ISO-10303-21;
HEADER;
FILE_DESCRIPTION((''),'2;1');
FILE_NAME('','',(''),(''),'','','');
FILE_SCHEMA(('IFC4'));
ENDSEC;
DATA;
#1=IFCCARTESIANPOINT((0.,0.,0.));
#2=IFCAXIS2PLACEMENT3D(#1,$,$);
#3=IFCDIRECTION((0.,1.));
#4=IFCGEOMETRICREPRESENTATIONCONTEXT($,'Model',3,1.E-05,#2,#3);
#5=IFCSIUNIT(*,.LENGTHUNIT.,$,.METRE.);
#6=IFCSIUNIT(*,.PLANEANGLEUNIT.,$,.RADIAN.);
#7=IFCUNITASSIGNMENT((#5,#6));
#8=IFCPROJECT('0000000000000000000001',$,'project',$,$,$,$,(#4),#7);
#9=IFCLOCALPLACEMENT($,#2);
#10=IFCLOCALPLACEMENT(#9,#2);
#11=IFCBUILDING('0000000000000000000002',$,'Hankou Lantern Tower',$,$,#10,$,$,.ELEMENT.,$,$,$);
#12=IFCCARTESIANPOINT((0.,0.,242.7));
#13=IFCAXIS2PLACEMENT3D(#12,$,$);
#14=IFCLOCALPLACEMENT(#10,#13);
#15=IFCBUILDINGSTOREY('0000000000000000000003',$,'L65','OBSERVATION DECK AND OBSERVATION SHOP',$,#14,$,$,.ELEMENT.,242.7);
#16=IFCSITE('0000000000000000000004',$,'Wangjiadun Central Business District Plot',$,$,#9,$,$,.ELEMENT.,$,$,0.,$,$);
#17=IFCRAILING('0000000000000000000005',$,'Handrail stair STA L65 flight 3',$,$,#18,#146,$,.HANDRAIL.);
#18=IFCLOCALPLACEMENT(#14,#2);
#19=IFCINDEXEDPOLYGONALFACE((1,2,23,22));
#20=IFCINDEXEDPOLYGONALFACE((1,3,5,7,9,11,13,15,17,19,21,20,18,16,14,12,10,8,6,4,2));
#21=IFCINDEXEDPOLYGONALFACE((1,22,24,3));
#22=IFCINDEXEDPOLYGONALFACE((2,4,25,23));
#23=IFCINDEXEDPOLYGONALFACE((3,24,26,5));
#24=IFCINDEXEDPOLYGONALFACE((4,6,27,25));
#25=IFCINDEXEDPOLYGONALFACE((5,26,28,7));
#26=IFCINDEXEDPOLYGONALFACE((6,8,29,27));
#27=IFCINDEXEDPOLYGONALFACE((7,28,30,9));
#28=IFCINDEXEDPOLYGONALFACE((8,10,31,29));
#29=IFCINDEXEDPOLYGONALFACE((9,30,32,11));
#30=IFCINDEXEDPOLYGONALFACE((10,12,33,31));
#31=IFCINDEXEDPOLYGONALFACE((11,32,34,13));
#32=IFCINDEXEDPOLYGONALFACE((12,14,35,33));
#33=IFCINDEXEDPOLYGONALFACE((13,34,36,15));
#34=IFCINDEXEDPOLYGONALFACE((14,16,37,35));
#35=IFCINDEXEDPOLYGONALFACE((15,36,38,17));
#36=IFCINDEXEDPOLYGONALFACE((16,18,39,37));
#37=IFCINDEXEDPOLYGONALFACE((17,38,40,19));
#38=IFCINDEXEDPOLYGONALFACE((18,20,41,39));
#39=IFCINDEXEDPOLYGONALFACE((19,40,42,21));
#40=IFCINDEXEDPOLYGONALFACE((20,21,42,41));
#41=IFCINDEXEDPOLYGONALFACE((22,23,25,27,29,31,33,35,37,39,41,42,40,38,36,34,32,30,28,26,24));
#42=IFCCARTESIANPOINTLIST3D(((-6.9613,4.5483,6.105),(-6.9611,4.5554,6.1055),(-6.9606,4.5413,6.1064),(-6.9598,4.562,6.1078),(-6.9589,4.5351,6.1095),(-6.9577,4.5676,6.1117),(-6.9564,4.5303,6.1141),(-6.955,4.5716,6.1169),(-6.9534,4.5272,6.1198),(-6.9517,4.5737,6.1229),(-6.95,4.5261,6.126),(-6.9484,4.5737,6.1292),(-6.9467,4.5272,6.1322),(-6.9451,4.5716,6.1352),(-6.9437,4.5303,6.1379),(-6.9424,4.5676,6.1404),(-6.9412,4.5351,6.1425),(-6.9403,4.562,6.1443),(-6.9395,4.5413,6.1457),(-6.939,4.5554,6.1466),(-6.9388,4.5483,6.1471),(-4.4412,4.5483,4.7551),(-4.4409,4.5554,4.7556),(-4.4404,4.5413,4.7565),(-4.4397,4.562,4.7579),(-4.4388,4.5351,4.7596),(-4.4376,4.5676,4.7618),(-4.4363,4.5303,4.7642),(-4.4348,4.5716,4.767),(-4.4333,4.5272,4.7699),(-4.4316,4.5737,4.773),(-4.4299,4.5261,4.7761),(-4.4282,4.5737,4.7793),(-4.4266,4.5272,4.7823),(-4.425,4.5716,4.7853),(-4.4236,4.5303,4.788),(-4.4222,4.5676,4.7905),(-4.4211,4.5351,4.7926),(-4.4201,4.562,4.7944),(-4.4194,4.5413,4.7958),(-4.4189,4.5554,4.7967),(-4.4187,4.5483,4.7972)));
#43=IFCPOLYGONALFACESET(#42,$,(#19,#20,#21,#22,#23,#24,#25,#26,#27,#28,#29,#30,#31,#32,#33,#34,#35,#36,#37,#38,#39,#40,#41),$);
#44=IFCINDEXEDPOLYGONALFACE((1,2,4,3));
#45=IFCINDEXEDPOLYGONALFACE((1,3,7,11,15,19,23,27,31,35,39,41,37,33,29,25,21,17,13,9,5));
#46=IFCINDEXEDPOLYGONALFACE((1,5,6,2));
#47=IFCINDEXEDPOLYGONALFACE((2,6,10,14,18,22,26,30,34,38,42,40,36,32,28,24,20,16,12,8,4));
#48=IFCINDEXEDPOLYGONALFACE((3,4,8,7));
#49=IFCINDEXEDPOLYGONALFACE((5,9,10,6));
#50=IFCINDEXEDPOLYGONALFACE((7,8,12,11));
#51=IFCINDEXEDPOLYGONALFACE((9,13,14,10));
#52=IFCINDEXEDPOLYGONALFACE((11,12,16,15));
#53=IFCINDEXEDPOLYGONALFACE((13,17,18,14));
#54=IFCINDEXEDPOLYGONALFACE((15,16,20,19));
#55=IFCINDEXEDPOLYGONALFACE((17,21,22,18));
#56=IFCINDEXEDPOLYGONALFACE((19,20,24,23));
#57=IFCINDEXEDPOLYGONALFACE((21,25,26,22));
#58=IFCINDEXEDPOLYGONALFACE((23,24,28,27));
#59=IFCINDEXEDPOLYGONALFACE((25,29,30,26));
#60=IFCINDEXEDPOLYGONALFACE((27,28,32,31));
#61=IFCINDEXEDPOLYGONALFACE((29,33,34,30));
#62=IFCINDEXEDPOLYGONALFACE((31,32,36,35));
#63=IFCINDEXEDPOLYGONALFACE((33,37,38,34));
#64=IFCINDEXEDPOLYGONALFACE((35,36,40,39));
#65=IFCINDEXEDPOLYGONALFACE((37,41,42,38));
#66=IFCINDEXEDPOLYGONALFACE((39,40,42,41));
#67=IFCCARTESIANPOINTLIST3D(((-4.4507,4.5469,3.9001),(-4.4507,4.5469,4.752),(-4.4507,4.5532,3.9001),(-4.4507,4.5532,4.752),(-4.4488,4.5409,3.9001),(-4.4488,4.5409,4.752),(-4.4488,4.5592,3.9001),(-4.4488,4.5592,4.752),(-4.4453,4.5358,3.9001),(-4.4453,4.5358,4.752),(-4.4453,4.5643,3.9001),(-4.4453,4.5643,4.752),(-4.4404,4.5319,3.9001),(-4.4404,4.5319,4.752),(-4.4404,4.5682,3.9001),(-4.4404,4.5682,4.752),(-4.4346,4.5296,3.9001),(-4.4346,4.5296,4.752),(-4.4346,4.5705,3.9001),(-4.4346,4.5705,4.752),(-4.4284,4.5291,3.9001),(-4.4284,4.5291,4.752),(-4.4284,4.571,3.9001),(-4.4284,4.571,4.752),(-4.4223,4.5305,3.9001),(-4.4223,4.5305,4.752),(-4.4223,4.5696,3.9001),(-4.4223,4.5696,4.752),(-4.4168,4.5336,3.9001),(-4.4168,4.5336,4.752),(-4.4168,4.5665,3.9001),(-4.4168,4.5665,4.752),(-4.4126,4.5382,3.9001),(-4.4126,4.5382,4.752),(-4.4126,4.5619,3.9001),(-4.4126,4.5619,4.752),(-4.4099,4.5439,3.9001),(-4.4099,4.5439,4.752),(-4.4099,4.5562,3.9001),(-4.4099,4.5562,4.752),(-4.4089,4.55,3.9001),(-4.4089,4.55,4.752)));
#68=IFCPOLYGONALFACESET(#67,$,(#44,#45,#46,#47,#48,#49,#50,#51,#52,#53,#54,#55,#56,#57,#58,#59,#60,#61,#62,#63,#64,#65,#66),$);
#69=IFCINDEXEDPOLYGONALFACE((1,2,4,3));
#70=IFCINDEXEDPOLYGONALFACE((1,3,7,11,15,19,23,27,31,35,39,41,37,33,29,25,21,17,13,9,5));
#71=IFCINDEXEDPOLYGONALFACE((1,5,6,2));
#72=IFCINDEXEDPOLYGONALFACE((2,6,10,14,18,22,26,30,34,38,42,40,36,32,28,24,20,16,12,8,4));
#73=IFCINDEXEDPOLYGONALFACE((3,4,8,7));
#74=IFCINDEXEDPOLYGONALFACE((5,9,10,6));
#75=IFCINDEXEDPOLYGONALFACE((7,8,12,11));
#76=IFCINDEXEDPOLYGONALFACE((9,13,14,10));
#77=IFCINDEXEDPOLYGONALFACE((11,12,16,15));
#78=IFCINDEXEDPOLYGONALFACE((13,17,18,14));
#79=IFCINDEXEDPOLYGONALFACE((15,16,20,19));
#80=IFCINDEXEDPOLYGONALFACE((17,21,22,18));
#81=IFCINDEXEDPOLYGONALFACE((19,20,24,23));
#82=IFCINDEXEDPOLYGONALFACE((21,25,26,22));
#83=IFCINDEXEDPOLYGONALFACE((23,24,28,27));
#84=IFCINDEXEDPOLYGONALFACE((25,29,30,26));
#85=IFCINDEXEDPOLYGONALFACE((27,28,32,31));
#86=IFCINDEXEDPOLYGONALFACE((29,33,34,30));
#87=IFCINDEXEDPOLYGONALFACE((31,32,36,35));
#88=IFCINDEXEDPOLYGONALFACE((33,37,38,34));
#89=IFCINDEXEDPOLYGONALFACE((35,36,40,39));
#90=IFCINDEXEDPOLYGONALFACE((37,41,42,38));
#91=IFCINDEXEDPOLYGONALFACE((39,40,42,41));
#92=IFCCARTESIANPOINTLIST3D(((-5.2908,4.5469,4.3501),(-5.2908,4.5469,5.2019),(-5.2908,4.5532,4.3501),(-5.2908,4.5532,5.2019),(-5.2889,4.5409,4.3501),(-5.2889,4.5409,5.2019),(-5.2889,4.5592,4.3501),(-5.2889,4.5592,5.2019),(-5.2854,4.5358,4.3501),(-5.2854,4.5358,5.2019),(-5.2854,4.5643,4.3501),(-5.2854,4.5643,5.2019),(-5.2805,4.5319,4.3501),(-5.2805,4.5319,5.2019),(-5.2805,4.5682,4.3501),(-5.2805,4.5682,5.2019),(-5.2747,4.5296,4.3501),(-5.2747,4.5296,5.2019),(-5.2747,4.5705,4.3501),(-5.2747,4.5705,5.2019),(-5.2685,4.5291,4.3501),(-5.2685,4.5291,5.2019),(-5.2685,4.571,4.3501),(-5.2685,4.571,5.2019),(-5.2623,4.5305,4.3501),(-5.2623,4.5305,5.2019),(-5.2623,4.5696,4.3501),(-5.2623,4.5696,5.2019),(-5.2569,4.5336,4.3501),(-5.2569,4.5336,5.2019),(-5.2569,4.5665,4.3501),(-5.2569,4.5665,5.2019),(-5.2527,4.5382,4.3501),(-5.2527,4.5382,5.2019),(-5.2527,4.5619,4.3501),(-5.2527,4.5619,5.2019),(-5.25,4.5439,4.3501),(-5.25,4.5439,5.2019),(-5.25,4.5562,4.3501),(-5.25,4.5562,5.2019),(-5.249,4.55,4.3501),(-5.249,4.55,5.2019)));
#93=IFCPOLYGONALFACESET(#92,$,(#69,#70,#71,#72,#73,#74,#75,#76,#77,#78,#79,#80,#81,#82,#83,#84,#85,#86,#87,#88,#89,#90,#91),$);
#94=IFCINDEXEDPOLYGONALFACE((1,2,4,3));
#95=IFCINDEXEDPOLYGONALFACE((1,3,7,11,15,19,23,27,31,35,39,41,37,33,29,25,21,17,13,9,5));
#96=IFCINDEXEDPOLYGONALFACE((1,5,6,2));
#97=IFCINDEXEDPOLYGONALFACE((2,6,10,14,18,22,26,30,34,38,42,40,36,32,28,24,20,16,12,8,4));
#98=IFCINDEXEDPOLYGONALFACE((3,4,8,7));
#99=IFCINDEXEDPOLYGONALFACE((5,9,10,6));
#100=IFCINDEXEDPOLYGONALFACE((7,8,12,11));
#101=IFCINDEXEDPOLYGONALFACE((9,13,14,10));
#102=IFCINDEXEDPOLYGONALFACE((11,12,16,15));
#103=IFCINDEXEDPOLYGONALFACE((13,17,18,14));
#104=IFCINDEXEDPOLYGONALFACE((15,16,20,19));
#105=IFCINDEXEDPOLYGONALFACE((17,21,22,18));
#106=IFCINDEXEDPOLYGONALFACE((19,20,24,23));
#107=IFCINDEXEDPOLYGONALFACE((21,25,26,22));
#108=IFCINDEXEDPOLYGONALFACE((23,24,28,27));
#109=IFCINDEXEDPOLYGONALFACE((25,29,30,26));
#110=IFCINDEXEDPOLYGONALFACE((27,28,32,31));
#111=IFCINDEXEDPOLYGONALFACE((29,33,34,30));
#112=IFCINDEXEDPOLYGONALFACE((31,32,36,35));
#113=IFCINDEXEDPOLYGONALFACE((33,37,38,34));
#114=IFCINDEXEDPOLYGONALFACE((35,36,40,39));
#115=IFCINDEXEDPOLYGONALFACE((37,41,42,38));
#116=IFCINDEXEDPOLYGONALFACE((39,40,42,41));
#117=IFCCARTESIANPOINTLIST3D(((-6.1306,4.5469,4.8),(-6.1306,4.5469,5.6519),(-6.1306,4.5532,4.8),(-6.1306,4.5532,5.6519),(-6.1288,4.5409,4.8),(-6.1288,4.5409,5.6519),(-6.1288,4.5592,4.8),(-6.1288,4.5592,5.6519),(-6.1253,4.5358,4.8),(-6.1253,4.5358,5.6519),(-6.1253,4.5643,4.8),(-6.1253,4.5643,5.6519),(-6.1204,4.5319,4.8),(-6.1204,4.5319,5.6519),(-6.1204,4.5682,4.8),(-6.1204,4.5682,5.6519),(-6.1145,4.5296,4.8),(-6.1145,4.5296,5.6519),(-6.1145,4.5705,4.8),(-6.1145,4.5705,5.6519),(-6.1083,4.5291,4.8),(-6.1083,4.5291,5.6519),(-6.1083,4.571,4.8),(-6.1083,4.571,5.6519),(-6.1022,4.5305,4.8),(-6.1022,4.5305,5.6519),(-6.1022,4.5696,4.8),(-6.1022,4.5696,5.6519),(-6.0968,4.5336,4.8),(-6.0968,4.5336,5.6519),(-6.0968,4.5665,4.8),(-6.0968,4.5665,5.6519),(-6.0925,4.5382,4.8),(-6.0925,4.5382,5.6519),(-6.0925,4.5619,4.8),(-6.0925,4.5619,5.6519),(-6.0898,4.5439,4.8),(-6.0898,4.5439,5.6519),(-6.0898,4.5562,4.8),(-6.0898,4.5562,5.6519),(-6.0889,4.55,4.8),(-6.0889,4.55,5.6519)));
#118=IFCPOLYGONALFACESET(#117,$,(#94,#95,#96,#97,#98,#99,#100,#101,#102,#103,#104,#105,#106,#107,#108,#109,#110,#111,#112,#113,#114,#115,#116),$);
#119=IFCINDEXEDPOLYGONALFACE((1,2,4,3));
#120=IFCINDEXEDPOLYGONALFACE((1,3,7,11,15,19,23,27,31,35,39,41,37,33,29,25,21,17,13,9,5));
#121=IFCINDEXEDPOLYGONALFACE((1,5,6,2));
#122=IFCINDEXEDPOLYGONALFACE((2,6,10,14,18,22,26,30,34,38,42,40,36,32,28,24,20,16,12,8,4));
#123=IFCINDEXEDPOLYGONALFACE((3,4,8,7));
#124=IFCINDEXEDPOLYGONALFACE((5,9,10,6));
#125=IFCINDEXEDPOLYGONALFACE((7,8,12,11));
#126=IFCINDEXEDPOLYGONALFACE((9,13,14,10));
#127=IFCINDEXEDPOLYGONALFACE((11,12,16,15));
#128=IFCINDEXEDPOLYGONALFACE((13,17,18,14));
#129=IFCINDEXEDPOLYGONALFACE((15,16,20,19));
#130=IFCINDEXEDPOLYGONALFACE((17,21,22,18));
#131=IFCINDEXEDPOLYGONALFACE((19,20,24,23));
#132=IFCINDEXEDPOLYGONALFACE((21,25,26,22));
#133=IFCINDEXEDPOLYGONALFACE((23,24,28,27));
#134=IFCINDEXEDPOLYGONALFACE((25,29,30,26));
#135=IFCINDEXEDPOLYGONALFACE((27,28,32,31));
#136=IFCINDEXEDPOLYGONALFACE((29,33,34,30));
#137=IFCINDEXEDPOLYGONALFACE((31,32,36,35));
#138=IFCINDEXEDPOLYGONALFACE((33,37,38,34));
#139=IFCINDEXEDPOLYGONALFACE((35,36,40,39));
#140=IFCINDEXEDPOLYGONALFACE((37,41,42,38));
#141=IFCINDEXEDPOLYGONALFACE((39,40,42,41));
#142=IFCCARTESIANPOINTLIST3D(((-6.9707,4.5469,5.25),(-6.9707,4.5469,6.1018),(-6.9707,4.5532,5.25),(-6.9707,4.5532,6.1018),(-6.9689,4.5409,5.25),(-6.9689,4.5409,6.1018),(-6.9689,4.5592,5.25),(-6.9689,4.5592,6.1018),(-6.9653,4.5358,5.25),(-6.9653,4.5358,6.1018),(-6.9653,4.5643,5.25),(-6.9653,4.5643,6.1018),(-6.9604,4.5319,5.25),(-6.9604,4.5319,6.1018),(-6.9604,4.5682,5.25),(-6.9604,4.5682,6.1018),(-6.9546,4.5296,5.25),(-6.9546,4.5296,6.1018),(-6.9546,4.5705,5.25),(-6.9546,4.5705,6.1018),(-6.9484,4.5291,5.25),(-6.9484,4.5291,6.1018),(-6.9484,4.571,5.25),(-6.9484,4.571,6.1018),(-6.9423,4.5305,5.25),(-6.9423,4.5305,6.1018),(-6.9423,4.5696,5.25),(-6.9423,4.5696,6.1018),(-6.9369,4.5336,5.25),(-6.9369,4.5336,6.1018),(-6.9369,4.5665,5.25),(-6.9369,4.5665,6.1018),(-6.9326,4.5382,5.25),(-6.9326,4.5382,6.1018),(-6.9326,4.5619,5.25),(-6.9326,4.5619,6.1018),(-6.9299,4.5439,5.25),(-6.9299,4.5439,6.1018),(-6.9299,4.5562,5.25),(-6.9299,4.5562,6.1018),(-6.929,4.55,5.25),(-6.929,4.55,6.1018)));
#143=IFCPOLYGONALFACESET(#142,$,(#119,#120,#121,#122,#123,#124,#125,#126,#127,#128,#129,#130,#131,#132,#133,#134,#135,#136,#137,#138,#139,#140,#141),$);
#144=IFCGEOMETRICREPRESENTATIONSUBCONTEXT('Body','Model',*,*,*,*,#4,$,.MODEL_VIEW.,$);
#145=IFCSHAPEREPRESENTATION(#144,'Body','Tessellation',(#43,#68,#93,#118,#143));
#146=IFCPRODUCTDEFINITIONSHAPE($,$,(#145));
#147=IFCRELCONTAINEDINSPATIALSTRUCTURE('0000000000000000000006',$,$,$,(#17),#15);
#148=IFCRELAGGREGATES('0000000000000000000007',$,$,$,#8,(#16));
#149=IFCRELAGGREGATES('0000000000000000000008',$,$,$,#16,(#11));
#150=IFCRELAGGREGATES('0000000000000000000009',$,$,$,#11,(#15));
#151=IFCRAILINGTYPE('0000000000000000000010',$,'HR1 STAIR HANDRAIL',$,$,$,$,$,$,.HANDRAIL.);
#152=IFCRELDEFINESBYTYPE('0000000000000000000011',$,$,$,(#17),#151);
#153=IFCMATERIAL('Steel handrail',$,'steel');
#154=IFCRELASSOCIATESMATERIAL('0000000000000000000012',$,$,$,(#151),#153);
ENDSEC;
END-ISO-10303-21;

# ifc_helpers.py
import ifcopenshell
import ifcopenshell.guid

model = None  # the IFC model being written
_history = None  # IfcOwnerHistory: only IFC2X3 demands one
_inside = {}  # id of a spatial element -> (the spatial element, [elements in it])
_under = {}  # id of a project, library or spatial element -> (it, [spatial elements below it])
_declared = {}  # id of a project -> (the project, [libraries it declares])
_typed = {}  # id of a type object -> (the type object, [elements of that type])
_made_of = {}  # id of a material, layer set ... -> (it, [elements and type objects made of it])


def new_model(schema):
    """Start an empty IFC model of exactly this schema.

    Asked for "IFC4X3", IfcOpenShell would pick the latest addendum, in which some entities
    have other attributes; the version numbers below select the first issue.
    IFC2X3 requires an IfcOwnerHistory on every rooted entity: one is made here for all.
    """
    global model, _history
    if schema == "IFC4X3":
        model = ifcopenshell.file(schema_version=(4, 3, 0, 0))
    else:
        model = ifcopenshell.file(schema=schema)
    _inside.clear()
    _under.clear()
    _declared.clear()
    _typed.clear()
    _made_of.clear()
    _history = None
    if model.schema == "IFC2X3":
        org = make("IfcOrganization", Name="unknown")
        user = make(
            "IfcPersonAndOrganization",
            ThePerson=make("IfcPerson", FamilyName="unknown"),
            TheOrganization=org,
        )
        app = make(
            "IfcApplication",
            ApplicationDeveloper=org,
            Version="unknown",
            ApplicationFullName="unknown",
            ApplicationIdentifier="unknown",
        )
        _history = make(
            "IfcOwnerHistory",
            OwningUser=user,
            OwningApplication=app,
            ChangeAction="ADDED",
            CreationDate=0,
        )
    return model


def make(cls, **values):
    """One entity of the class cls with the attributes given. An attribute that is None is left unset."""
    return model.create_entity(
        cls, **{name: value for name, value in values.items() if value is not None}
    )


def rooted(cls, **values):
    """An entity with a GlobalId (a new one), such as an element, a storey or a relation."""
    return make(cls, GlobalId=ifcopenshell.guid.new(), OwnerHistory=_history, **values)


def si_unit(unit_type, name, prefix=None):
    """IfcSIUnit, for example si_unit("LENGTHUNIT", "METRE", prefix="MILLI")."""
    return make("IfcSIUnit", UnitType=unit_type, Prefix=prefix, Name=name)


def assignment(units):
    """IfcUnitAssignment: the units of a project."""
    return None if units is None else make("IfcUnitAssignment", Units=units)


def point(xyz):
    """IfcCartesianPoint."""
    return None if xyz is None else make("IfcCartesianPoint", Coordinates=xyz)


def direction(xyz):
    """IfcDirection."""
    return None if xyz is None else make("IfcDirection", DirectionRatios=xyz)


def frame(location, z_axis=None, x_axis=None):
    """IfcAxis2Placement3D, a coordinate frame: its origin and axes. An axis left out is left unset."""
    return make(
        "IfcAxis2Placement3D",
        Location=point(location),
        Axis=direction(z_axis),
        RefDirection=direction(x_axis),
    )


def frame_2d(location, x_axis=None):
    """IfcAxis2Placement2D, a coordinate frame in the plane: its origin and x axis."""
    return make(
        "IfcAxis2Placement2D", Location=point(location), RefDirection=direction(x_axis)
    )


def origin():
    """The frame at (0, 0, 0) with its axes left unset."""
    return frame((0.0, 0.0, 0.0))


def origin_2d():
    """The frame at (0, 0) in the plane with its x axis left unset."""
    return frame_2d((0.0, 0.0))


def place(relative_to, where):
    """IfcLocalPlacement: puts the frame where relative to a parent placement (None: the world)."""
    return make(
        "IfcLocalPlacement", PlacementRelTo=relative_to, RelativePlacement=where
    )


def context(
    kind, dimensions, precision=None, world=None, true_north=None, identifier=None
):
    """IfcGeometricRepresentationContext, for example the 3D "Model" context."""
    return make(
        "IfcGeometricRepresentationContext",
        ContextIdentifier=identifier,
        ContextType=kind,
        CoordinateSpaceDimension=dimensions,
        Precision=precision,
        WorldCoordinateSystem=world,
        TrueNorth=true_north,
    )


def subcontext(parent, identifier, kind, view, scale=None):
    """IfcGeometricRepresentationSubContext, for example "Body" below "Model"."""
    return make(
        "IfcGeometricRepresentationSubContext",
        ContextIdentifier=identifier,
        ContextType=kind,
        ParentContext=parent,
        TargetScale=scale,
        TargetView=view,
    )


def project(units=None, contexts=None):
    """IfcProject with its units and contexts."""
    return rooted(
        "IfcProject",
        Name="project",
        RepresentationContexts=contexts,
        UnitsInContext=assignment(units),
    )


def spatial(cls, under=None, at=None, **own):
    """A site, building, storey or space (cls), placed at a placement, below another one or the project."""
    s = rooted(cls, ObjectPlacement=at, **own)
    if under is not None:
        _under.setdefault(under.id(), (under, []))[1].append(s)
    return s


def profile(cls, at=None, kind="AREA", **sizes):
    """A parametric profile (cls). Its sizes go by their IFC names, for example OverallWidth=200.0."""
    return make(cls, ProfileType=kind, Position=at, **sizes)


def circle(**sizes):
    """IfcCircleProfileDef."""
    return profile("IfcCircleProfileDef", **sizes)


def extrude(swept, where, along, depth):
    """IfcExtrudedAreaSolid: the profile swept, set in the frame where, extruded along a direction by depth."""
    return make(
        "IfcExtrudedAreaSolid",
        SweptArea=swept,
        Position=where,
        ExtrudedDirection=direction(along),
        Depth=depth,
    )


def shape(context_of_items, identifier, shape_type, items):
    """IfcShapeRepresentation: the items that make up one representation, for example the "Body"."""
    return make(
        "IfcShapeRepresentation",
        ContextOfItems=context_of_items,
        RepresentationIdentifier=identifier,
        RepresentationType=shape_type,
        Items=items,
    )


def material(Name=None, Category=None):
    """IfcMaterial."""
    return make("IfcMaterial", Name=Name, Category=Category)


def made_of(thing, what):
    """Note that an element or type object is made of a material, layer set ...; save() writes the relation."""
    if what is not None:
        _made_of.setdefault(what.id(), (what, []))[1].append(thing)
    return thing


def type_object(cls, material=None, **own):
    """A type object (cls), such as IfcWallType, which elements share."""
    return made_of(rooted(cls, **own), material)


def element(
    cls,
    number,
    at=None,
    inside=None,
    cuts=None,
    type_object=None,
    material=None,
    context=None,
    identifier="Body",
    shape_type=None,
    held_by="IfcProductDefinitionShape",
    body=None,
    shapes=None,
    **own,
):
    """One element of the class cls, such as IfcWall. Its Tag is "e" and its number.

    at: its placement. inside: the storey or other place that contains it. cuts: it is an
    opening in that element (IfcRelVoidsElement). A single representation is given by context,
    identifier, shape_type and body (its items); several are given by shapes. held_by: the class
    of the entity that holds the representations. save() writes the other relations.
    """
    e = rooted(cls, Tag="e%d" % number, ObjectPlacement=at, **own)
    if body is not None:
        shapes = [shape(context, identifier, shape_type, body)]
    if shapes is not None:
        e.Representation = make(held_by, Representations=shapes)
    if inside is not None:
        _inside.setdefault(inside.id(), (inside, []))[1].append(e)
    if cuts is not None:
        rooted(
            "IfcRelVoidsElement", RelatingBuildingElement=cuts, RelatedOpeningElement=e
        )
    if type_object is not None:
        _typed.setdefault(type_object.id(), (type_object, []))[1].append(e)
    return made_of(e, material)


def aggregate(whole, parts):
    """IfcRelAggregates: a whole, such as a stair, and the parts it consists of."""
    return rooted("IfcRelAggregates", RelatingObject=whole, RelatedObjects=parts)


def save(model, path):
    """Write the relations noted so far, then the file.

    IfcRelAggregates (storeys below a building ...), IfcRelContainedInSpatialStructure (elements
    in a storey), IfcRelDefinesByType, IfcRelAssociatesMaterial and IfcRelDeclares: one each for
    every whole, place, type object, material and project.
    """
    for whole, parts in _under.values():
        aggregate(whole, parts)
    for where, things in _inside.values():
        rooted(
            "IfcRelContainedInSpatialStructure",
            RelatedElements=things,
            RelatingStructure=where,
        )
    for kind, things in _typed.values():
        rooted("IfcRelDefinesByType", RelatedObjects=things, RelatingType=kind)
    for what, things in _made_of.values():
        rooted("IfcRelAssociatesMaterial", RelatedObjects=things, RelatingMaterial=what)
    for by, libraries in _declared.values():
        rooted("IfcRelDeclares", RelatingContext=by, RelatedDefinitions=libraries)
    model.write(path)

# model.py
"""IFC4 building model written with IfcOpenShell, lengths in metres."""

from ifc_helpers import new_model, si_unit, direction, frame, origin, origin_2d, place, context, subcontext, project, spatial, circle, extrude, material, type_object, element, save


model = new_model("IFC4")

# Units and contexts
model_context = context("Model", 3, precision=1e-05, world=origin(), true_north=direction((0.0, 1.0)))
body_context = subcontext(model_context, "Body", "Model", "MODEL_VIEW")
ifc_project = project(units=[si_unit("LENGTHUNIT", "METRE"), si_unit("PLANEANGLEUNIT", "RADIAN")], contexts=[model_context])

# Site, building, storey
site_placement = place(None, origin())
site = spatial("IfcSite", under=ifc_project, at=site_placement, Name="Wangjiadun Central Business District Plot", CompositionType="ELEMENT", RefElevation=0.0)
building_placement = place(site_placement, origin())
building = spatial("IfcBuilding", under=site, at=building_placement, Name="Hankou Lantern Tower", CompositionType="ELEMENT")
storey_placement = place(building_placement, frame((0.0, 0.0, 242.7)))
storey = spatial("IfcBuildingStorey", under=building, at=storey_placement, Name="L65", Description="OBSERVATION DECK AND OBSERVATION SHOP", CompositionType="ELEMENT", Elevation=242.7)

# Railing
ifc_material_1 = material(Name="Steel handrail", Category="steel")
railing_type = type_object("IfcRailingType", Name="HR1 STAIR HANDRAIL", PredefinedType="HANDRAIL", material=ifc_material_1)
railing_1_placement = place(storey_placement, frame((-4.4299, 4.55, 3.9001)))
element("IfcRailing", 1, at=railing_1_placement, inside=storey, type_object=railing_type, Name="Handrail stair STA L65 flight 3", PredefinedType="HANDRAIL", context=body_context, shape_type="SweptSolid", body=[
    extrude(circle(Radius=0.0239, at=origin_2d()), frame((0.0, 0.0, 0.876), z_axis=(-0.881503, 0.0, 0.472179), x_axis=(0.0, -1.0, 0.0)), (0.0, 0.0, 1.0), 2.8589),
    extrude(circle(Radius=0.021, at=origin_2d()), origin(), (0.0, 0.0, 1.0), 0.8518),
    extrude(circle(Radius=0.021, at=origin_2d()), frame((-0.8401, 0.0, 0.45)), (0.0, 0.0, 1.0), 0.8518),
    extrude(circle(Radius=0.021, at=origin_2d()), frame((-1.6799, 0.0, 0.8999)), (0.0, 0.0, 1.0), 0.8518),
    extrude(circle(Radius=0.021, at=origin_2d()), frame((-2.52, 0.0, 1.3499)), (0.0, 0.0, 1.0), 0.8518),
])

save(model, "model.ifc")
